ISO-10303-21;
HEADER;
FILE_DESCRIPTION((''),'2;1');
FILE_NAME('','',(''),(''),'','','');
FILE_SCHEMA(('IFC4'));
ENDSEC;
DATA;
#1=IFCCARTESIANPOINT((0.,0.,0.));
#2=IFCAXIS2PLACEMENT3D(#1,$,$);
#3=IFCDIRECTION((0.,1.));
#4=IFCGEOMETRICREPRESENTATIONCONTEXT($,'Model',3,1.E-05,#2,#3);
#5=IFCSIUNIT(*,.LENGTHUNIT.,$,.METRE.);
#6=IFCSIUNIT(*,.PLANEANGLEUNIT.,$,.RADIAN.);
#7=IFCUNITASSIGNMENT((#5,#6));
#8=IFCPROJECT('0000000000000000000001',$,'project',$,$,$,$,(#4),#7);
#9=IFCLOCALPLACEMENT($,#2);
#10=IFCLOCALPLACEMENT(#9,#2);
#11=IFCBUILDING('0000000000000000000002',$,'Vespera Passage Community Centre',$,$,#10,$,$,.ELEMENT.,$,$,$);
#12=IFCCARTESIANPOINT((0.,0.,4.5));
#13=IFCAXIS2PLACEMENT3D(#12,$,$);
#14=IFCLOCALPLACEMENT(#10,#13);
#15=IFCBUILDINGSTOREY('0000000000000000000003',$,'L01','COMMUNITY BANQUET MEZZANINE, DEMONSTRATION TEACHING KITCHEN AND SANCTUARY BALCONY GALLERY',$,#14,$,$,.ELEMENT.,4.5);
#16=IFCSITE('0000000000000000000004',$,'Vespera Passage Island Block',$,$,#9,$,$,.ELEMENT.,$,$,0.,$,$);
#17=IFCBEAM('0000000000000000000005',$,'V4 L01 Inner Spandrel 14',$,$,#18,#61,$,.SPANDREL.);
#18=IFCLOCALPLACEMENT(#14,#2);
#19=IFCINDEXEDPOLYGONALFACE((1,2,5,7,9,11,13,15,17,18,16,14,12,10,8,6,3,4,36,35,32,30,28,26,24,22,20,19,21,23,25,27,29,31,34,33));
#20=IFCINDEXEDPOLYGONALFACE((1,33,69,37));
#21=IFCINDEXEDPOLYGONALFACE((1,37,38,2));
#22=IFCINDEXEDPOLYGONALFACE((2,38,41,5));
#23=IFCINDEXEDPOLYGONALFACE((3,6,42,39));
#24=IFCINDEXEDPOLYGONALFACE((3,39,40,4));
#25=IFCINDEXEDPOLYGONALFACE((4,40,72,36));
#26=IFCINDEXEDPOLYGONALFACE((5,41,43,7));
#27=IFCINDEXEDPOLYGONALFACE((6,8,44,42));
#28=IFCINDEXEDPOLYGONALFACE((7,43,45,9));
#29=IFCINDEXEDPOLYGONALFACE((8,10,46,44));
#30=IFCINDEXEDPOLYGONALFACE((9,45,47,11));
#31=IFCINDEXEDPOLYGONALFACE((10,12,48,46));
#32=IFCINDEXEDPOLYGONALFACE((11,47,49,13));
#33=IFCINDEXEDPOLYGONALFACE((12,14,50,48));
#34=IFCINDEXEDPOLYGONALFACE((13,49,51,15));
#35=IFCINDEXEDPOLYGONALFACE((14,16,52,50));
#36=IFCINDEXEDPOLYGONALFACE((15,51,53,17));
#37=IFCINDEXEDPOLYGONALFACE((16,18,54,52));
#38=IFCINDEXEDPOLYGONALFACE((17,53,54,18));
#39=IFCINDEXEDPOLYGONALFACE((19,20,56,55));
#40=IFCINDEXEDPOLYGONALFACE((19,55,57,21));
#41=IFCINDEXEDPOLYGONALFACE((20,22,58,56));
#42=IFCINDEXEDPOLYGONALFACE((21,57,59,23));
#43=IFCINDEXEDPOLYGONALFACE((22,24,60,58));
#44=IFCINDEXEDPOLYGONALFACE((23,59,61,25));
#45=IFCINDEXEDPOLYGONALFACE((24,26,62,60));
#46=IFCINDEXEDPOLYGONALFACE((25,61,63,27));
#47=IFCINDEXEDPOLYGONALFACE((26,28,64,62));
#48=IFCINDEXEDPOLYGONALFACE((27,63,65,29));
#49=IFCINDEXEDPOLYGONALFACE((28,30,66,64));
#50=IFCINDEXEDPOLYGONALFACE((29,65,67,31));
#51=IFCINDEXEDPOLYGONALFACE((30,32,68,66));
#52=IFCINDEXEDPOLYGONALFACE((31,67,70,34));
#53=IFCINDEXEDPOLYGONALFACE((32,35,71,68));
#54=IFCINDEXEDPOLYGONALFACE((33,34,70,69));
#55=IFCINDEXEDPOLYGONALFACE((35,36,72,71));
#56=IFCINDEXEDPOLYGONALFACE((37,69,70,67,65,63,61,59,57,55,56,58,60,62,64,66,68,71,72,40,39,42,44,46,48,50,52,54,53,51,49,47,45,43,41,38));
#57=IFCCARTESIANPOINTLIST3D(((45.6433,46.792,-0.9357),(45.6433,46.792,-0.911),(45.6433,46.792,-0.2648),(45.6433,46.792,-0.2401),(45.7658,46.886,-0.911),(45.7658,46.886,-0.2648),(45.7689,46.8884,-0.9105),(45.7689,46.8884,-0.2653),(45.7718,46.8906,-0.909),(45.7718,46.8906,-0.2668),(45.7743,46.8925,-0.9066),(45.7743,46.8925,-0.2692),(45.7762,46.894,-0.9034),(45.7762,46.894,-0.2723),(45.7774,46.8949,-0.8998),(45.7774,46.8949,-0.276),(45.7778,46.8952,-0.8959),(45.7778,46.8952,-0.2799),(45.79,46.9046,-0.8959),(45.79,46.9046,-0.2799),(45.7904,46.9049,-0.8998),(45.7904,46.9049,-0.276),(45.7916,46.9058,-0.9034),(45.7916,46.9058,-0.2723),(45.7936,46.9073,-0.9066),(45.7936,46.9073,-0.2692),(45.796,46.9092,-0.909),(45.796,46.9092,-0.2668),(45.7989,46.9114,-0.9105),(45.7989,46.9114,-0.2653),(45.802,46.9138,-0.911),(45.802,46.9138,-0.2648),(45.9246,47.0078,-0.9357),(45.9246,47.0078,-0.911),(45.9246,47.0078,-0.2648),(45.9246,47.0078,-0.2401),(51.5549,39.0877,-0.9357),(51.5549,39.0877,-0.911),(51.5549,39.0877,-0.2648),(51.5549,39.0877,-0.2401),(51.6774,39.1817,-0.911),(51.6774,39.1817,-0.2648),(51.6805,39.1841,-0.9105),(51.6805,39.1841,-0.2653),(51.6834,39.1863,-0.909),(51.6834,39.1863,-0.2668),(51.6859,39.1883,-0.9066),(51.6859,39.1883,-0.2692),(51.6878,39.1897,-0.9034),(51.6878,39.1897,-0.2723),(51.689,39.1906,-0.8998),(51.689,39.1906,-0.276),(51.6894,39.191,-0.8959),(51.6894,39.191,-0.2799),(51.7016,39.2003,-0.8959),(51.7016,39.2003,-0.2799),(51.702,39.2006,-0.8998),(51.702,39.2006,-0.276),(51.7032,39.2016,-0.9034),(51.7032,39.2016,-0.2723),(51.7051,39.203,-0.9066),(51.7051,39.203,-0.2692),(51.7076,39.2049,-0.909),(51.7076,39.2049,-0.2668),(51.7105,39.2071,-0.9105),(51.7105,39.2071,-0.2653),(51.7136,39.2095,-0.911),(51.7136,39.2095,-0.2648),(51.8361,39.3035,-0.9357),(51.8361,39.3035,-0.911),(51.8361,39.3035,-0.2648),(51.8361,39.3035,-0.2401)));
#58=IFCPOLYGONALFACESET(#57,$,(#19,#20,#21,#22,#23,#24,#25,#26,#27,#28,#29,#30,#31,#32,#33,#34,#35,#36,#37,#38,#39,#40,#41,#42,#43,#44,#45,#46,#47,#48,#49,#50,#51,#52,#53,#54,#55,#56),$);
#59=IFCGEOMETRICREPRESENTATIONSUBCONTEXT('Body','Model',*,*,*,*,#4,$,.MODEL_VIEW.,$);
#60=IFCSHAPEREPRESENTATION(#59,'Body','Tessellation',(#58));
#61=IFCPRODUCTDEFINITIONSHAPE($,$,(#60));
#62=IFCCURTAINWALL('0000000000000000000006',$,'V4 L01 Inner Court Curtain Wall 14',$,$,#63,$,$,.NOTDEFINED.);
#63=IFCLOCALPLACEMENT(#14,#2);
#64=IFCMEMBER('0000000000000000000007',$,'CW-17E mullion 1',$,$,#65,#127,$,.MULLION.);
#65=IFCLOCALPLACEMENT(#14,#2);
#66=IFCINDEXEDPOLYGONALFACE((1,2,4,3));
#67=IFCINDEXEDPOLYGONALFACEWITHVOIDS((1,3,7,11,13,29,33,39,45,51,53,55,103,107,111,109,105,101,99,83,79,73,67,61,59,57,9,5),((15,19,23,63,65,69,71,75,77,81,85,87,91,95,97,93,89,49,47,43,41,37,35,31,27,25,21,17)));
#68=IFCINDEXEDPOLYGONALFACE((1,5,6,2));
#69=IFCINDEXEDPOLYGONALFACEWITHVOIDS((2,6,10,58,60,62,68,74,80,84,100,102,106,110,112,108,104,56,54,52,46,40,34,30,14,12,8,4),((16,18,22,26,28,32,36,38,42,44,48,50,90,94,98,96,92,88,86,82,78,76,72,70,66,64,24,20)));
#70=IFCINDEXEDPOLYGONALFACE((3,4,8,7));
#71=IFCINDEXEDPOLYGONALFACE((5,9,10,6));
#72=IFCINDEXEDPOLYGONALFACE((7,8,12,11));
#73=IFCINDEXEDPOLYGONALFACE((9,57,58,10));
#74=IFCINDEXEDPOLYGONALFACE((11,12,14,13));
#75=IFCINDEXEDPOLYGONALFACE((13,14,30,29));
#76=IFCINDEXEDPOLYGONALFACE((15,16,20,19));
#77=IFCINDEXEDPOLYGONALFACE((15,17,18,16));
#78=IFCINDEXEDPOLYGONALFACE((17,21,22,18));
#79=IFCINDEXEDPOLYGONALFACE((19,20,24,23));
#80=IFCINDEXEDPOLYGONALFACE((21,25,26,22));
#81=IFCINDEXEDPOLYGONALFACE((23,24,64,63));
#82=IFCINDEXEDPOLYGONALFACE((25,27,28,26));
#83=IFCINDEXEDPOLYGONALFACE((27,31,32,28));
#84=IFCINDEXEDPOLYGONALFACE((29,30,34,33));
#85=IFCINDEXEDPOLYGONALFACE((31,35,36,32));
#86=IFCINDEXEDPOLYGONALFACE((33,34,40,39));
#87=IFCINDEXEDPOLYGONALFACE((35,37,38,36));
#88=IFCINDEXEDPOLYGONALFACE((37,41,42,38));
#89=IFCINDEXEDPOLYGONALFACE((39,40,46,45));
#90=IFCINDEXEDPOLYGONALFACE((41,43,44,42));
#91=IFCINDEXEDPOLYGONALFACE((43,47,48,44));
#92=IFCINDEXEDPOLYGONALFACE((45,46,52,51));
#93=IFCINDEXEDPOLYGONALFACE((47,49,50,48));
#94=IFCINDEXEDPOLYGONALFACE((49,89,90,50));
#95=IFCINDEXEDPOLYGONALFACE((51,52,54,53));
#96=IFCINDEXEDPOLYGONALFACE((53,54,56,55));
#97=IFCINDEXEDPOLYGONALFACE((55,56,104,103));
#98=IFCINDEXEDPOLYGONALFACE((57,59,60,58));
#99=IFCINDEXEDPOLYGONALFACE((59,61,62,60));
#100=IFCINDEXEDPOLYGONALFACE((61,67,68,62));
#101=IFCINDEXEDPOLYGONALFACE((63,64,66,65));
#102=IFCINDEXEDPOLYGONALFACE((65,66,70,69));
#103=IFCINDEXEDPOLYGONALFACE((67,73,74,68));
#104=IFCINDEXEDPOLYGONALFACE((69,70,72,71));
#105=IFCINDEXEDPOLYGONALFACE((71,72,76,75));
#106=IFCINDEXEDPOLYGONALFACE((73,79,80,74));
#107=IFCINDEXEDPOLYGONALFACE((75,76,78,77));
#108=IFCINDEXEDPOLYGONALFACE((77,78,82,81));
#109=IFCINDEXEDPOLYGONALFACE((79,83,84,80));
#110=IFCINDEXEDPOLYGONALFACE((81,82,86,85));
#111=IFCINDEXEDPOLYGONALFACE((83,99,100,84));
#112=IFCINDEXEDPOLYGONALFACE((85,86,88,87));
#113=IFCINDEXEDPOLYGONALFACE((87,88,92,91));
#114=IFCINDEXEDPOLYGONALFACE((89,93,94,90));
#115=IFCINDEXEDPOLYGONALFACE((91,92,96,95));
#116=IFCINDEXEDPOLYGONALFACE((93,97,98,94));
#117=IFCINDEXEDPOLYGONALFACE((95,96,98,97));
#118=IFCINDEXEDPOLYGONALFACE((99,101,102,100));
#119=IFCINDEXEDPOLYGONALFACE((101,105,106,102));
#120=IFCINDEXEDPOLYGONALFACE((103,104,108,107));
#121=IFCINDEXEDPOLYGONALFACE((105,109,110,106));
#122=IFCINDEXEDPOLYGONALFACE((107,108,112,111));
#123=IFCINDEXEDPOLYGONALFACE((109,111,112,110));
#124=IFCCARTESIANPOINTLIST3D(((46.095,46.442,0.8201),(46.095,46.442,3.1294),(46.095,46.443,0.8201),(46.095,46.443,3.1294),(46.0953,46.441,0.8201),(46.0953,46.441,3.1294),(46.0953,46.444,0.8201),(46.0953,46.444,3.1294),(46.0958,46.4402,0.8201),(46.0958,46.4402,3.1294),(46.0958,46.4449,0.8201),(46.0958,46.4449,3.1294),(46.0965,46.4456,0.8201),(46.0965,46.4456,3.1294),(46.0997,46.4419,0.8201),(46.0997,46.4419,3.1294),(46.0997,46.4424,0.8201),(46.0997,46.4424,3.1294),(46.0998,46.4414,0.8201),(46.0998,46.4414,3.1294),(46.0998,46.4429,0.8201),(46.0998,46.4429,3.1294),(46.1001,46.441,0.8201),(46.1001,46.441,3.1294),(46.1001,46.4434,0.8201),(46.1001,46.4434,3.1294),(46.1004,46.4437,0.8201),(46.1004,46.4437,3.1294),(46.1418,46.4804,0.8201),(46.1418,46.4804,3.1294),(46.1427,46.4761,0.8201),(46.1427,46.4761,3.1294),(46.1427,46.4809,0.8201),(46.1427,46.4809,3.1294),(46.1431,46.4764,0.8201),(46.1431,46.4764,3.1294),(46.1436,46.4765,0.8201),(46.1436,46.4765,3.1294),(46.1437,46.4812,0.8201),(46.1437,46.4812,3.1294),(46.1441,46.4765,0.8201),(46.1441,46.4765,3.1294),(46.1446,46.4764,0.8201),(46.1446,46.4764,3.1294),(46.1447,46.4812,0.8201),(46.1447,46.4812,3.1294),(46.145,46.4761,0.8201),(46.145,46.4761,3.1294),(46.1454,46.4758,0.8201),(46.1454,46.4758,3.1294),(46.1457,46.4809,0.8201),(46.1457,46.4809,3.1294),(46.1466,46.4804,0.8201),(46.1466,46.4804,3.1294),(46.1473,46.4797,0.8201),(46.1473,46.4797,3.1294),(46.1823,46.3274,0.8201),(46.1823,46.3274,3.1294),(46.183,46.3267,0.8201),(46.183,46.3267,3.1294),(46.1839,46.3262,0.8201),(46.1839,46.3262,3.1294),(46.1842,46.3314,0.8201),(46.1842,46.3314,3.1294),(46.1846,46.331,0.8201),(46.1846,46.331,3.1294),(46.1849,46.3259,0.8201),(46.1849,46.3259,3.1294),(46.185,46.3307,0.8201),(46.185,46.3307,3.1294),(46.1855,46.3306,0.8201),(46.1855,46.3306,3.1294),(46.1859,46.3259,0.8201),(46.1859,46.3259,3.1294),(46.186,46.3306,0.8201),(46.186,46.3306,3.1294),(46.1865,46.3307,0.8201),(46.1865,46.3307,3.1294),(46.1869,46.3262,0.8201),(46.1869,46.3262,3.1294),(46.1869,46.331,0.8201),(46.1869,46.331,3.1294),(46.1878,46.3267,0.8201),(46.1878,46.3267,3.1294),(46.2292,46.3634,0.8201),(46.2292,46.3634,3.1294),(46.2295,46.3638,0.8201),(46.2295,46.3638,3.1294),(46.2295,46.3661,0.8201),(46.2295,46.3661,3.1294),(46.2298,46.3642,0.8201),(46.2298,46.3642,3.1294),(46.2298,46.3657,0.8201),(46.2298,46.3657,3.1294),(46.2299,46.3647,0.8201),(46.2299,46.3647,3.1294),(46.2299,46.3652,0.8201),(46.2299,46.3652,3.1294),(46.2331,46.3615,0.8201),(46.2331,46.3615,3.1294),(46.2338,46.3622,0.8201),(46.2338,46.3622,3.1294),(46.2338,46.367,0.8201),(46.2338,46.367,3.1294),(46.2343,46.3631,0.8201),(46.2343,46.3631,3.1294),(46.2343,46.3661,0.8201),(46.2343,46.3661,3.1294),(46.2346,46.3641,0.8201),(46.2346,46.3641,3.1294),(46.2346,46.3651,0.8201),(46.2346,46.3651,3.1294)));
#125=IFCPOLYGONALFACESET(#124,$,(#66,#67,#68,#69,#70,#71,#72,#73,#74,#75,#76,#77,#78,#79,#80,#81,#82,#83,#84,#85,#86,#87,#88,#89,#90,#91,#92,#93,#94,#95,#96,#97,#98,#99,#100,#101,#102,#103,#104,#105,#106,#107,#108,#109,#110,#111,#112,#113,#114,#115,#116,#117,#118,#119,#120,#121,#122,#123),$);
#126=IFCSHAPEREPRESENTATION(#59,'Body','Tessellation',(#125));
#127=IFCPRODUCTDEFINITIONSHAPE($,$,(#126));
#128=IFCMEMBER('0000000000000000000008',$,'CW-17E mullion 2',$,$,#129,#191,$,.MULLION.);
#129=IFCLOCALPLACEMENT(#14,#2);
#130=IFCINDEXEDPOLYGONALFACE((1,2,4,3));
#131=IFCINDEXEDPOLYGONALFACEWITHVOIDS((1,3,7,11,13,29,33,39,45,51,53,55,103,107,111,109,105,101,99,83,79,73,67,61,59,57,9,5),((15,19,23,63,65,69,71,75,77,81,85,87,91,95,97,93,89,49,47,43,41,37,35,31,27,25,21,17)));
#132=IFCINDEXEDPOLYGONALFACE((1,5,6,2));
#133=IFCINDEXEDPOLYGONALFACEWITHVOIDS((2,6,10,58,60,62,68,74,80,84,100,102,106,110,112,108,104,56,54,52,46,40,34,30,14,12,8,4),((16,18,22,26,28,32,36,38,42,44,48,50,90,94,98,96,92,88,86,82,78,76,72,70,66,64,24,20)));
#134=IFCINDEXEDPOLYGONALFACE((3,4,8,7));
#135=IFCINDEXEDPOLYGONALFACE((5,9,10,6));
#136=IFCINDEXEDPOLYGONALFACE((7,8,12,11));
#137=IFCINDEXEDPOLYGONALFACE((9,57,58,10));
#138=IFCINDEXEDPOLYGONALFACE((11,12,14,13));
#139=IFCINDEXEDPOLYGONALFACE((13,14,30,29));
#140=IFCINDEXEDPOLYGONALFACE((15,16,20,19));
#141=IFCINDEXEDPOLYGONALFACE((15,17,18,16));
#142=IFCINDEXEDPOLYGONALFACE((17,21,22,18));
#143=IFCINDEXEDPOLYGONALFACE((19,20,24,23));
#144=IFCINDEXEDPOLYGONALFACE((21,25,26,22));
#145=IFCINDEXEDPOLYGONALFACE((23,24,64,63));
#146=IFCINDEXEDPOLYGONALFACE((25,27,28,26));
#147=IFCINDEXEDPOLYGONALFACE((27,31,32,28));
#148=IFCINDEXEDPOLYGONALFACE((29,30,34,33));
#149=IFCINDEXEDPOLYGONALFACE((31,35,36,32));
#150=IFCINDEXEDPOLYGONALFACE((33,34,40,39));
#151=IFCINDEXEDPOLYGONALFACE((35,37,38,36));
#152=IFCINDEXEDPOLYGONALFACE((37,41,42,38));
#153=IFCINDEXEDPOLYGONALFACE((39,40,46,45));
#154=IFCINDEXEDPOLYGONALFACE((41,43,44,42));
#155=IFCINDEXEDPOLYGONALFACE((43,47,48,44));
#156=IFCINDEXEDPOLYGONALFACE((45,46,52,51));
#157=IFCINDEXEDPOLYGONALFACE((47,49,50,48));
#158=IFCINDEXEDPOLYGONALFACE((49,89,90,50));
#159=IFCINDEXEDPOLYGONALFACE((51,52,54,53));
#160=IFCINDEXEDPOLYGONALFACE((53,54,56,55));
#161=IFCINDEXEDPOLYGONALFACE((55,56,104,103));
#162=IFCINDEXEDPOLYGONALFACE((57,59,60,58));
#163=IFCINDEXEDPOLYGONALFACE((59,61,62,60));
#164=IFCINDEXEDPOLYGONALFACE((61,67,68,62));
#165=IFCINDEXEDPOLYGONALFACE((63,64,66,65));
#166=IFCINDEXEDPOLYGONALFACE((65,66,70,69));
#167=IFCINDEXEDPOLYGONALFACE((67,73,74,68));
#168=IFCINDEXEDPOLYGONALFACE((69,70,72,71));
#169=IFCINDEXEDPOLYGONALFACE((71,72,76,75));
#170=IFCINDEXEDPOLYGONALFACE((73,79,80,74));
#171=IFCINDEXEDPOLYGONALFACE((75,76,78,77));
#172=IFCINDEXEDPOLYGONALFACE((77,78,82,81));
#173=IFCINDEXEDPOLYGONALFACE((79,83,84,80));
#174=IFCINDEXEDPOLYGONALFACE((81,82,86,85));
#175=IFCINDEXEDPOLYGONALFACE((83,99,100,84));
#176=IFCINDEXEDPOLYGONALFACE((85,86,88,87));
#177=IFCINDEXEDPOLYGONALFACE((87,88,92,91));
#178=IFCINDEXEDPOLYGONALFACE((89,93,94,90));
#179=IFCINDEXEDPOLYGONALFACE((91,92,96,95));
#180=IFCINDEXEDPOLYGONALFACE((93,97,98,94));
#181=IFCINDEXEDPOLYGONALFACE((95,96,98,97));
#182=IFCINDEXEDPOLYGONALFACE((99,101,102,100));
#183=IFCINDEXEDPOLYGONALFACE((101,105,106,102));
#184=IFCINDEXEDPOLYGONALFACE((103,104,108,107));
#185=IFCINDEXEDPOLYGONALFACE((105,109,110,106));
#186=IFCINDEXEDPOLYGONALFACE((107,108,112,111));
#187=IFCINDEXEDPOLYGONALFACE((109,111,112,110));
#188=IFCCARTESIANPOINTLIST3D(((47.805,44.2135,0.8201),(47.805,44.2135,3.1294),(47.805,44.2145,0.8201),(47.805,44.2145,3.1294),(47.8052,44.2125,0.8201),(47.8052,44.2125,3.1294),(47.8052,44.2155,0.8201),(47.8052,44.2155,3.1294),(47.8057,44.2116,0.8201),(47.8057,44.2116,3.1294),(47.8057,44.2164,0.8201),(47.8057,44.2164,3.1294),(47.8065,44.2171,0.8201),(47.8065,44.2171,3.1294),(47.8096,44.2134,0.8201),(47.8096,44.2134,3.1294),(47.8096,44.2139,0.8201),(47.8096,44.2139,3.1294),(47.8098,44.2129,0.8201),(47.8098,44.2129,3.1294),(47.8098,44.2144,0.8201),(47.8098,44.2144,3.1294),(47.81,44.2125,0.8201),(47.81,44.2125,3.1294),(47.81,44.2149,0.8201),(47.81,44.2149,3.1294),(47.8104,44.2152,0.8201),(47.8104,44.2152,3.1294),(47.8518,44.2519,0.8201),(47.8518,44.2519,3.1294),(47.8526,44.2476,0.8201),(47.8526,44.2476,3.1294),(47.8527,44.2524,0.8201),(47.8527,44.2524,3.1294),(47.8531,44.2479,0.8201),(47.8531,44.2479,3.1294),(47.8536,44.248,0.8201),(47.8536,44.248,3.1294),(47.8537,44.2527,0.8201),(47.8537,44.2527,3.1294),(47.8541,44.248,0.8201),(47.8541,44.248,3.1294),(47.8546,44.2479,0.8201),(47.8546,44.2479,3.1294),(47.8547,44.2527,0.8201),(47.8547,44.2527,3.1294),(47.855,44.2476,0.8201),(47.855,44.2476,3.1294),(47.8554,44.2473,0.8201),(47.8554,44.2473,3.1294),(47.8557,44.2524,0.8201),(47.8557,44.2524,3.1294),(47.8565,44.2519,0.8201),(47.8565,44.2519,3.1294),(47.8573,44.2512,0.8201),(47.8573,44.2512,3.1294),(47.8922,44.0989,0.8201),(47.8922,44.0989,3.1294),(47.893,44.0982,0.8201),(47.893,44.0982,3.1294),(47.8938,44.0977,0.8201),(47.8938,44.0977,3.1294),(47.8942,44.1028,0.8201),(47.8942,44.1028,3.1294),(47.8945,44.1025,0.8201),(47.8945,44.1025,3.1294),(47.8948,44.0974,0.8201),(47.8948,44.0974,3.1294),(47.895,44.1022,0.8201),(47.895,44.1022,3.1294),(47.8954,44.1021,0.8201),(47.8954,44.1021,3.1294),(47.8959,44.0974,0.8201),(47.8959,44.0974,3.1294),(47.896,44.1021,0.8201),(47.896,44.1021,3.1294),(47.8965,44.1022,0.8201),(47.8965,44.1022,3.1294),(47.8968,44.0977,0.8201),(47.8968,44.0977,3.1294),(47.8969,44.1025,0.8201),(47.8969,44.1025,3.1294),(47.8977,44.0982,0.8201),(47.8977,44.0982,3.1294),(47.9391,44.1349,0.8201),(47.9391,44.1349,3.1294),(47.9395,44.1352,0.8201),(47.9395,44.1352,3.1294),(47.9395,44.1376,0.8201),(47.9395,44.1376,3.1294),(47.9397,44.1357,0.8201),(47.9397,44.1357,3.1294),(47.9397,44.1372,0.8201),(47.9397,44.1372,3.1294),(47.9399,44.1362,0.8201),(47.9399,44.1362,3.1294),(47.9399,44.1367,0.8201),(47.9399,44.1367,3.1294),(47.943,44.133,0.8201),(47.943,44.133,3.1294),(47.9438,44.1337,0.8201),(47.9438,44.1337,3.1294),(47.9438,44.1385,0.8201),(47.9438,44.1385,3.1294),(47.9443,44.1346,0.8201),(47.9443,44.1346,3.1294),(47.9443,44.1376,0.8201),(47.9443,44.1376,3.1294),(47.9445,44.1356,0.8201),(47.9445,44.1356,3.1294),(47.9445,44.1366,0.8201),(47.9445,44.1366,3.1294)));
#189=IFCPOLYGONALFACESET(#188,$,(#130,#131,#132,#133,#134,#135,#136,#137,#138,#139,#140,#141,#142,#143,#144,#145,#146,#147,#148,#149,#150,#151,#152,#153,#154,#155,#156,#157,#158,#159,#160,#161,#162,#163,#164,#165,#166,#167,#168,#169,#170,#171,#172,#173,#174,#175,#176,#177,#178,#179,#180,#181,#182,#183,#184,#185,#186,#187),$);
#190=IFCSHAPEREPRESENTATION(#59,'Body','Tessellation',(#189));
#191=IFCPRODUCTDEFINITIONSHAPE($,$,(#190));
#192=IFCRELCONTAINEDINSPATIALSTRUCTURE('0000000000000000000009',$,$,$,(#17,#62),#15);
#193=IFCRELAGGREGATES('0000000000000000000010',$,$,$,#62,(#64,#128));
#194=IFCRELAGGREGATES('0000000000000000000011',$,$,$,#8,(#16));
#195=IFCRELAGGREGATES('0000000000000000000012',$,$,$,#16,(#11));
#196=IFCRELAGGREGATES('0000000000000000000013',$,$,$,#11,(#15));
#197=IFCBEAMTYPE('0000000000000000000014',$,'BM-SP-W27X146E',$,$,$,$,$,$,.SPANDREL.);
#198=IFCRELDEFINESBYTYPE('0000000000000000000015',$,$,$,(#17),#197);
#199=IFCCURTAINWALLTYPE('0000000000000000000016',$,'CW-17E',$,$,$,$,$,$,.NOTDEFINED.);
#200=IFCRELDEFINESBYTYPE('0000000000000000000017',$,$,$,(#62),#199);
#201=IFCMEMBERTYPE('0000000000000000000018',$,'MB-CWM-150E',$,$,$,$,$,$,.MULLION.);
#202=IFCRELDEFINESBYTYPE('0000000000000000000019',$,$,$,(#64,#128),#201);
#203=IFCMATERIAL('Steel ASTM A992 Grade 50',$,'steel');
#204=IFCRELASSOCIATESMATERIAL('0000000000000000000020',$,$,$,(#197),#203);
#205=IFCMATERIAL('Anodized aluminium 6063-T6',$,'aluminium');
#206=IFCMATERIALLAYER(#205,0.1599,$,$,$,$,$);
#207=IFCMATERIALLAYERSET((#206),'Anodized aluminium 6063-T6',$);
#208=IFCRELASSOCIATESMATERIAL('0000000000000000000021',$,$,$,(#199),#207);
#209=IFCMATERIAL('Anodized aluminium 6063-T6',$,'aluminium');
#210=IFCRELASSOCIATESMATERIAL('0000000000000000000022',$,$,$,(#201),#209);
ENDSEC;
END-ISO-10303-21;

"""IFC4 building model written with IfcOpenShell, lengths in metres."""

from ifc_helpers import new_model, si_unit, direction, frame, origin, origin_2d, place, context, subcontext, project, spatial, hollow_rectangle, i_section, extrude, material, layer, layer_set, material_profile, profile_set, type_object, element, aggregate, save


model = new_model("IFC4")

# Units and contexts
model_context = context("Model", 3, precision=1e-05, world=origin(), true_north=direction((0.0, 1.0)))
body_context = subcontext(model_context, "Body", "Model", "MODEL_VIEW")
ifc_project = project(units=[si_unit("LENGTHUNIT", "METRE"), si_unit("PLANEANGLEUNIT", "RADIAN")], contexts=[model_context])

# Site, building, storey
site_placement = place(None, origin())
site = spatial("IfcSite", under=ifc_project, at=site_placement, Name="Vespera Passage Island Block", CompositionType="ELEMENT", RefElevation=0.0)
building_placement = place(site_placement, origin())
building = spatial("IfcBuilding", under=site, at=building_placement, Name="Vespera Passage Community Centre", CompositionType="ELEMENT")
storey_placement = place(building_placement, frame((0.0, 0.0, 4.5)))
storey = spatial("IfcBuildingStorey", under=building, at=storey_placement, Name="L01", Description="COMMUNITY BANQUET MEZZANINE, DEMONSTRATION TEACHING KITCHEN AND SANCTUARY BALCONY GALLERY", CompositionType="ELEMENT", Elevation=4.5)

# Beam
ifc_material_1 = material(Name="Steel ASTM A992 Grade 50", Category="steel")
ifc_material_profile_1 = material_profile(ifc_material_1, i_section(OverallWidth=0.3545, OverallDepth=0.6956, WebThickness=0.0154, FlangeThickness=0.0247, FilletRadius=0.0151, at=origin_2d()), Name="W27X146")
ifc_profile_set_1 = profile_set([ifc_material_profile_1], Name="Steel ASTM A992 Grade 50")
beam_type_1 = type_object("IfcBeamType", Name="BM-SP-W27X146E", PredefinedType="SPANDREL", material=ifc_profile_set_1)
beam_1_placement = place(storey_placement, frame((45.7839, 46.8999, -0.5879), z_axis=(0.608753, -0.79336, 0.0), x_axis=(0.79336, 0.608753, 0.0)))
element("IfcBeam", 1, at=beam_1_placement, inside=storey, type_object=beam_type_1, Name="V4 L01 Inner Spandrel 14", PredefinedType="SPANDREL", context=body_context, shape_type="SweptSolid", body=[
    extrude(i_section(OverallWidth=0.3545, OverallDepth=0.6956, WebThickness=0.0154, FlangeThickness=0.0247, FilletRadius=0.0151, at=origin_2d()), origin(), (0.0, 0.0, 1.0), 9.7109),
])

# Curtain wall, members
ifc_material_2 = material(Name="Anodized aluminium 6063-T6", Category="aluminium")
ifc_layer_1 = layer(ifc_material_2, 0.1599)
ifc_layer_set_1 = layer_set([ifc_layer_1], Name="Anodized aluminium 6063-T6")
curtain_wall_type_1 = type_object("IfcCurtainWallType", Name="CW-17E", PredefinedType="NOTDEFINED", material=ifc_layer_set_1)
curtain_wall_1_placement = place(storey_placement, origin())
curtain_wall_1 = element("IfcCurtainWall", 2, at=curtain_wall_1_placement, inside=storey, type_object=curtain_wall_type_1, Name="V4 L01 Inner Court Curtain Wall 14", PredefinedType="NOTDEFINED")
ifc_material_3 = material(Name="Anodized aluminium 6063-T6", Category="aluminium")
ifc_material_profile_2 = material_profile(ifc_material_3, hollow_rectangle(XDim=0.0649, YDim=0.1499, WallThickness=0.0039, InnerFilletRadius=0.002, OuterFilletRadius=0.0039, at=origin_2d()), Name="ALU150X65X4")
ifc_profile_set_2 = profile_set([ifc_material_profile_2], Name="Anodized aluminium 6063-T6")
member_type_1 = type_object("IfcMemberType", Name="MB-CWM-150E", PredefinedType="MULLION", material=ifc_profile_set_2)
member_1_placement = place(storey_placement, frame((46.1648, 46.4036, 0.8201), z_axis=(0.0, 0.0, 1.0), x_axis=(0.793358, 0.608755, 0.0)))
member_1 = element("IfcMember", 3, at=member_1_placement, type_object=member_type_1, Name="CW-17E mullion 1", PredefinedType="MULLION", context=body_context, shape_type="SweptSolid", body=[
    extrude(hollow_rectangle(XDim=0.0649, YDim=0.1499, WallThickness=0.0039, InnerFilletRadius=0.002, OuterFilletRadius=0.0039, at=origin_2d()), origin(), (0.0, 0.0, 1.0), 2.3093),
])
member_2_placement = place(storey_placement, frame((47.8748, 44.175, 0.8201), z_axis=(0.0, 0.0, 1.0), x_axis=(0.793358, 0.608755, 0.0)))
member_2 = element("IfcMember", 4, at=member_2_placement, type_object=member_type_1, Name="CW-17E mullion 2", PredefinedType="MULLION", context=body_context, shape_type="SweptSolid", body=[
    extrude(hollow_rectangle(XDim=0.0649, YDim=0.1499, WallThickness=0.0039, InnerFilletRadius=0.002, OuterFilletRadius=0.0039, at=origin_2d()), origin(), (0.0, 0.0, 1.0), 2.3093),
])

aggregate(curtain_wall_1, [member_1, member_2])

save(model, "model.ifc")
